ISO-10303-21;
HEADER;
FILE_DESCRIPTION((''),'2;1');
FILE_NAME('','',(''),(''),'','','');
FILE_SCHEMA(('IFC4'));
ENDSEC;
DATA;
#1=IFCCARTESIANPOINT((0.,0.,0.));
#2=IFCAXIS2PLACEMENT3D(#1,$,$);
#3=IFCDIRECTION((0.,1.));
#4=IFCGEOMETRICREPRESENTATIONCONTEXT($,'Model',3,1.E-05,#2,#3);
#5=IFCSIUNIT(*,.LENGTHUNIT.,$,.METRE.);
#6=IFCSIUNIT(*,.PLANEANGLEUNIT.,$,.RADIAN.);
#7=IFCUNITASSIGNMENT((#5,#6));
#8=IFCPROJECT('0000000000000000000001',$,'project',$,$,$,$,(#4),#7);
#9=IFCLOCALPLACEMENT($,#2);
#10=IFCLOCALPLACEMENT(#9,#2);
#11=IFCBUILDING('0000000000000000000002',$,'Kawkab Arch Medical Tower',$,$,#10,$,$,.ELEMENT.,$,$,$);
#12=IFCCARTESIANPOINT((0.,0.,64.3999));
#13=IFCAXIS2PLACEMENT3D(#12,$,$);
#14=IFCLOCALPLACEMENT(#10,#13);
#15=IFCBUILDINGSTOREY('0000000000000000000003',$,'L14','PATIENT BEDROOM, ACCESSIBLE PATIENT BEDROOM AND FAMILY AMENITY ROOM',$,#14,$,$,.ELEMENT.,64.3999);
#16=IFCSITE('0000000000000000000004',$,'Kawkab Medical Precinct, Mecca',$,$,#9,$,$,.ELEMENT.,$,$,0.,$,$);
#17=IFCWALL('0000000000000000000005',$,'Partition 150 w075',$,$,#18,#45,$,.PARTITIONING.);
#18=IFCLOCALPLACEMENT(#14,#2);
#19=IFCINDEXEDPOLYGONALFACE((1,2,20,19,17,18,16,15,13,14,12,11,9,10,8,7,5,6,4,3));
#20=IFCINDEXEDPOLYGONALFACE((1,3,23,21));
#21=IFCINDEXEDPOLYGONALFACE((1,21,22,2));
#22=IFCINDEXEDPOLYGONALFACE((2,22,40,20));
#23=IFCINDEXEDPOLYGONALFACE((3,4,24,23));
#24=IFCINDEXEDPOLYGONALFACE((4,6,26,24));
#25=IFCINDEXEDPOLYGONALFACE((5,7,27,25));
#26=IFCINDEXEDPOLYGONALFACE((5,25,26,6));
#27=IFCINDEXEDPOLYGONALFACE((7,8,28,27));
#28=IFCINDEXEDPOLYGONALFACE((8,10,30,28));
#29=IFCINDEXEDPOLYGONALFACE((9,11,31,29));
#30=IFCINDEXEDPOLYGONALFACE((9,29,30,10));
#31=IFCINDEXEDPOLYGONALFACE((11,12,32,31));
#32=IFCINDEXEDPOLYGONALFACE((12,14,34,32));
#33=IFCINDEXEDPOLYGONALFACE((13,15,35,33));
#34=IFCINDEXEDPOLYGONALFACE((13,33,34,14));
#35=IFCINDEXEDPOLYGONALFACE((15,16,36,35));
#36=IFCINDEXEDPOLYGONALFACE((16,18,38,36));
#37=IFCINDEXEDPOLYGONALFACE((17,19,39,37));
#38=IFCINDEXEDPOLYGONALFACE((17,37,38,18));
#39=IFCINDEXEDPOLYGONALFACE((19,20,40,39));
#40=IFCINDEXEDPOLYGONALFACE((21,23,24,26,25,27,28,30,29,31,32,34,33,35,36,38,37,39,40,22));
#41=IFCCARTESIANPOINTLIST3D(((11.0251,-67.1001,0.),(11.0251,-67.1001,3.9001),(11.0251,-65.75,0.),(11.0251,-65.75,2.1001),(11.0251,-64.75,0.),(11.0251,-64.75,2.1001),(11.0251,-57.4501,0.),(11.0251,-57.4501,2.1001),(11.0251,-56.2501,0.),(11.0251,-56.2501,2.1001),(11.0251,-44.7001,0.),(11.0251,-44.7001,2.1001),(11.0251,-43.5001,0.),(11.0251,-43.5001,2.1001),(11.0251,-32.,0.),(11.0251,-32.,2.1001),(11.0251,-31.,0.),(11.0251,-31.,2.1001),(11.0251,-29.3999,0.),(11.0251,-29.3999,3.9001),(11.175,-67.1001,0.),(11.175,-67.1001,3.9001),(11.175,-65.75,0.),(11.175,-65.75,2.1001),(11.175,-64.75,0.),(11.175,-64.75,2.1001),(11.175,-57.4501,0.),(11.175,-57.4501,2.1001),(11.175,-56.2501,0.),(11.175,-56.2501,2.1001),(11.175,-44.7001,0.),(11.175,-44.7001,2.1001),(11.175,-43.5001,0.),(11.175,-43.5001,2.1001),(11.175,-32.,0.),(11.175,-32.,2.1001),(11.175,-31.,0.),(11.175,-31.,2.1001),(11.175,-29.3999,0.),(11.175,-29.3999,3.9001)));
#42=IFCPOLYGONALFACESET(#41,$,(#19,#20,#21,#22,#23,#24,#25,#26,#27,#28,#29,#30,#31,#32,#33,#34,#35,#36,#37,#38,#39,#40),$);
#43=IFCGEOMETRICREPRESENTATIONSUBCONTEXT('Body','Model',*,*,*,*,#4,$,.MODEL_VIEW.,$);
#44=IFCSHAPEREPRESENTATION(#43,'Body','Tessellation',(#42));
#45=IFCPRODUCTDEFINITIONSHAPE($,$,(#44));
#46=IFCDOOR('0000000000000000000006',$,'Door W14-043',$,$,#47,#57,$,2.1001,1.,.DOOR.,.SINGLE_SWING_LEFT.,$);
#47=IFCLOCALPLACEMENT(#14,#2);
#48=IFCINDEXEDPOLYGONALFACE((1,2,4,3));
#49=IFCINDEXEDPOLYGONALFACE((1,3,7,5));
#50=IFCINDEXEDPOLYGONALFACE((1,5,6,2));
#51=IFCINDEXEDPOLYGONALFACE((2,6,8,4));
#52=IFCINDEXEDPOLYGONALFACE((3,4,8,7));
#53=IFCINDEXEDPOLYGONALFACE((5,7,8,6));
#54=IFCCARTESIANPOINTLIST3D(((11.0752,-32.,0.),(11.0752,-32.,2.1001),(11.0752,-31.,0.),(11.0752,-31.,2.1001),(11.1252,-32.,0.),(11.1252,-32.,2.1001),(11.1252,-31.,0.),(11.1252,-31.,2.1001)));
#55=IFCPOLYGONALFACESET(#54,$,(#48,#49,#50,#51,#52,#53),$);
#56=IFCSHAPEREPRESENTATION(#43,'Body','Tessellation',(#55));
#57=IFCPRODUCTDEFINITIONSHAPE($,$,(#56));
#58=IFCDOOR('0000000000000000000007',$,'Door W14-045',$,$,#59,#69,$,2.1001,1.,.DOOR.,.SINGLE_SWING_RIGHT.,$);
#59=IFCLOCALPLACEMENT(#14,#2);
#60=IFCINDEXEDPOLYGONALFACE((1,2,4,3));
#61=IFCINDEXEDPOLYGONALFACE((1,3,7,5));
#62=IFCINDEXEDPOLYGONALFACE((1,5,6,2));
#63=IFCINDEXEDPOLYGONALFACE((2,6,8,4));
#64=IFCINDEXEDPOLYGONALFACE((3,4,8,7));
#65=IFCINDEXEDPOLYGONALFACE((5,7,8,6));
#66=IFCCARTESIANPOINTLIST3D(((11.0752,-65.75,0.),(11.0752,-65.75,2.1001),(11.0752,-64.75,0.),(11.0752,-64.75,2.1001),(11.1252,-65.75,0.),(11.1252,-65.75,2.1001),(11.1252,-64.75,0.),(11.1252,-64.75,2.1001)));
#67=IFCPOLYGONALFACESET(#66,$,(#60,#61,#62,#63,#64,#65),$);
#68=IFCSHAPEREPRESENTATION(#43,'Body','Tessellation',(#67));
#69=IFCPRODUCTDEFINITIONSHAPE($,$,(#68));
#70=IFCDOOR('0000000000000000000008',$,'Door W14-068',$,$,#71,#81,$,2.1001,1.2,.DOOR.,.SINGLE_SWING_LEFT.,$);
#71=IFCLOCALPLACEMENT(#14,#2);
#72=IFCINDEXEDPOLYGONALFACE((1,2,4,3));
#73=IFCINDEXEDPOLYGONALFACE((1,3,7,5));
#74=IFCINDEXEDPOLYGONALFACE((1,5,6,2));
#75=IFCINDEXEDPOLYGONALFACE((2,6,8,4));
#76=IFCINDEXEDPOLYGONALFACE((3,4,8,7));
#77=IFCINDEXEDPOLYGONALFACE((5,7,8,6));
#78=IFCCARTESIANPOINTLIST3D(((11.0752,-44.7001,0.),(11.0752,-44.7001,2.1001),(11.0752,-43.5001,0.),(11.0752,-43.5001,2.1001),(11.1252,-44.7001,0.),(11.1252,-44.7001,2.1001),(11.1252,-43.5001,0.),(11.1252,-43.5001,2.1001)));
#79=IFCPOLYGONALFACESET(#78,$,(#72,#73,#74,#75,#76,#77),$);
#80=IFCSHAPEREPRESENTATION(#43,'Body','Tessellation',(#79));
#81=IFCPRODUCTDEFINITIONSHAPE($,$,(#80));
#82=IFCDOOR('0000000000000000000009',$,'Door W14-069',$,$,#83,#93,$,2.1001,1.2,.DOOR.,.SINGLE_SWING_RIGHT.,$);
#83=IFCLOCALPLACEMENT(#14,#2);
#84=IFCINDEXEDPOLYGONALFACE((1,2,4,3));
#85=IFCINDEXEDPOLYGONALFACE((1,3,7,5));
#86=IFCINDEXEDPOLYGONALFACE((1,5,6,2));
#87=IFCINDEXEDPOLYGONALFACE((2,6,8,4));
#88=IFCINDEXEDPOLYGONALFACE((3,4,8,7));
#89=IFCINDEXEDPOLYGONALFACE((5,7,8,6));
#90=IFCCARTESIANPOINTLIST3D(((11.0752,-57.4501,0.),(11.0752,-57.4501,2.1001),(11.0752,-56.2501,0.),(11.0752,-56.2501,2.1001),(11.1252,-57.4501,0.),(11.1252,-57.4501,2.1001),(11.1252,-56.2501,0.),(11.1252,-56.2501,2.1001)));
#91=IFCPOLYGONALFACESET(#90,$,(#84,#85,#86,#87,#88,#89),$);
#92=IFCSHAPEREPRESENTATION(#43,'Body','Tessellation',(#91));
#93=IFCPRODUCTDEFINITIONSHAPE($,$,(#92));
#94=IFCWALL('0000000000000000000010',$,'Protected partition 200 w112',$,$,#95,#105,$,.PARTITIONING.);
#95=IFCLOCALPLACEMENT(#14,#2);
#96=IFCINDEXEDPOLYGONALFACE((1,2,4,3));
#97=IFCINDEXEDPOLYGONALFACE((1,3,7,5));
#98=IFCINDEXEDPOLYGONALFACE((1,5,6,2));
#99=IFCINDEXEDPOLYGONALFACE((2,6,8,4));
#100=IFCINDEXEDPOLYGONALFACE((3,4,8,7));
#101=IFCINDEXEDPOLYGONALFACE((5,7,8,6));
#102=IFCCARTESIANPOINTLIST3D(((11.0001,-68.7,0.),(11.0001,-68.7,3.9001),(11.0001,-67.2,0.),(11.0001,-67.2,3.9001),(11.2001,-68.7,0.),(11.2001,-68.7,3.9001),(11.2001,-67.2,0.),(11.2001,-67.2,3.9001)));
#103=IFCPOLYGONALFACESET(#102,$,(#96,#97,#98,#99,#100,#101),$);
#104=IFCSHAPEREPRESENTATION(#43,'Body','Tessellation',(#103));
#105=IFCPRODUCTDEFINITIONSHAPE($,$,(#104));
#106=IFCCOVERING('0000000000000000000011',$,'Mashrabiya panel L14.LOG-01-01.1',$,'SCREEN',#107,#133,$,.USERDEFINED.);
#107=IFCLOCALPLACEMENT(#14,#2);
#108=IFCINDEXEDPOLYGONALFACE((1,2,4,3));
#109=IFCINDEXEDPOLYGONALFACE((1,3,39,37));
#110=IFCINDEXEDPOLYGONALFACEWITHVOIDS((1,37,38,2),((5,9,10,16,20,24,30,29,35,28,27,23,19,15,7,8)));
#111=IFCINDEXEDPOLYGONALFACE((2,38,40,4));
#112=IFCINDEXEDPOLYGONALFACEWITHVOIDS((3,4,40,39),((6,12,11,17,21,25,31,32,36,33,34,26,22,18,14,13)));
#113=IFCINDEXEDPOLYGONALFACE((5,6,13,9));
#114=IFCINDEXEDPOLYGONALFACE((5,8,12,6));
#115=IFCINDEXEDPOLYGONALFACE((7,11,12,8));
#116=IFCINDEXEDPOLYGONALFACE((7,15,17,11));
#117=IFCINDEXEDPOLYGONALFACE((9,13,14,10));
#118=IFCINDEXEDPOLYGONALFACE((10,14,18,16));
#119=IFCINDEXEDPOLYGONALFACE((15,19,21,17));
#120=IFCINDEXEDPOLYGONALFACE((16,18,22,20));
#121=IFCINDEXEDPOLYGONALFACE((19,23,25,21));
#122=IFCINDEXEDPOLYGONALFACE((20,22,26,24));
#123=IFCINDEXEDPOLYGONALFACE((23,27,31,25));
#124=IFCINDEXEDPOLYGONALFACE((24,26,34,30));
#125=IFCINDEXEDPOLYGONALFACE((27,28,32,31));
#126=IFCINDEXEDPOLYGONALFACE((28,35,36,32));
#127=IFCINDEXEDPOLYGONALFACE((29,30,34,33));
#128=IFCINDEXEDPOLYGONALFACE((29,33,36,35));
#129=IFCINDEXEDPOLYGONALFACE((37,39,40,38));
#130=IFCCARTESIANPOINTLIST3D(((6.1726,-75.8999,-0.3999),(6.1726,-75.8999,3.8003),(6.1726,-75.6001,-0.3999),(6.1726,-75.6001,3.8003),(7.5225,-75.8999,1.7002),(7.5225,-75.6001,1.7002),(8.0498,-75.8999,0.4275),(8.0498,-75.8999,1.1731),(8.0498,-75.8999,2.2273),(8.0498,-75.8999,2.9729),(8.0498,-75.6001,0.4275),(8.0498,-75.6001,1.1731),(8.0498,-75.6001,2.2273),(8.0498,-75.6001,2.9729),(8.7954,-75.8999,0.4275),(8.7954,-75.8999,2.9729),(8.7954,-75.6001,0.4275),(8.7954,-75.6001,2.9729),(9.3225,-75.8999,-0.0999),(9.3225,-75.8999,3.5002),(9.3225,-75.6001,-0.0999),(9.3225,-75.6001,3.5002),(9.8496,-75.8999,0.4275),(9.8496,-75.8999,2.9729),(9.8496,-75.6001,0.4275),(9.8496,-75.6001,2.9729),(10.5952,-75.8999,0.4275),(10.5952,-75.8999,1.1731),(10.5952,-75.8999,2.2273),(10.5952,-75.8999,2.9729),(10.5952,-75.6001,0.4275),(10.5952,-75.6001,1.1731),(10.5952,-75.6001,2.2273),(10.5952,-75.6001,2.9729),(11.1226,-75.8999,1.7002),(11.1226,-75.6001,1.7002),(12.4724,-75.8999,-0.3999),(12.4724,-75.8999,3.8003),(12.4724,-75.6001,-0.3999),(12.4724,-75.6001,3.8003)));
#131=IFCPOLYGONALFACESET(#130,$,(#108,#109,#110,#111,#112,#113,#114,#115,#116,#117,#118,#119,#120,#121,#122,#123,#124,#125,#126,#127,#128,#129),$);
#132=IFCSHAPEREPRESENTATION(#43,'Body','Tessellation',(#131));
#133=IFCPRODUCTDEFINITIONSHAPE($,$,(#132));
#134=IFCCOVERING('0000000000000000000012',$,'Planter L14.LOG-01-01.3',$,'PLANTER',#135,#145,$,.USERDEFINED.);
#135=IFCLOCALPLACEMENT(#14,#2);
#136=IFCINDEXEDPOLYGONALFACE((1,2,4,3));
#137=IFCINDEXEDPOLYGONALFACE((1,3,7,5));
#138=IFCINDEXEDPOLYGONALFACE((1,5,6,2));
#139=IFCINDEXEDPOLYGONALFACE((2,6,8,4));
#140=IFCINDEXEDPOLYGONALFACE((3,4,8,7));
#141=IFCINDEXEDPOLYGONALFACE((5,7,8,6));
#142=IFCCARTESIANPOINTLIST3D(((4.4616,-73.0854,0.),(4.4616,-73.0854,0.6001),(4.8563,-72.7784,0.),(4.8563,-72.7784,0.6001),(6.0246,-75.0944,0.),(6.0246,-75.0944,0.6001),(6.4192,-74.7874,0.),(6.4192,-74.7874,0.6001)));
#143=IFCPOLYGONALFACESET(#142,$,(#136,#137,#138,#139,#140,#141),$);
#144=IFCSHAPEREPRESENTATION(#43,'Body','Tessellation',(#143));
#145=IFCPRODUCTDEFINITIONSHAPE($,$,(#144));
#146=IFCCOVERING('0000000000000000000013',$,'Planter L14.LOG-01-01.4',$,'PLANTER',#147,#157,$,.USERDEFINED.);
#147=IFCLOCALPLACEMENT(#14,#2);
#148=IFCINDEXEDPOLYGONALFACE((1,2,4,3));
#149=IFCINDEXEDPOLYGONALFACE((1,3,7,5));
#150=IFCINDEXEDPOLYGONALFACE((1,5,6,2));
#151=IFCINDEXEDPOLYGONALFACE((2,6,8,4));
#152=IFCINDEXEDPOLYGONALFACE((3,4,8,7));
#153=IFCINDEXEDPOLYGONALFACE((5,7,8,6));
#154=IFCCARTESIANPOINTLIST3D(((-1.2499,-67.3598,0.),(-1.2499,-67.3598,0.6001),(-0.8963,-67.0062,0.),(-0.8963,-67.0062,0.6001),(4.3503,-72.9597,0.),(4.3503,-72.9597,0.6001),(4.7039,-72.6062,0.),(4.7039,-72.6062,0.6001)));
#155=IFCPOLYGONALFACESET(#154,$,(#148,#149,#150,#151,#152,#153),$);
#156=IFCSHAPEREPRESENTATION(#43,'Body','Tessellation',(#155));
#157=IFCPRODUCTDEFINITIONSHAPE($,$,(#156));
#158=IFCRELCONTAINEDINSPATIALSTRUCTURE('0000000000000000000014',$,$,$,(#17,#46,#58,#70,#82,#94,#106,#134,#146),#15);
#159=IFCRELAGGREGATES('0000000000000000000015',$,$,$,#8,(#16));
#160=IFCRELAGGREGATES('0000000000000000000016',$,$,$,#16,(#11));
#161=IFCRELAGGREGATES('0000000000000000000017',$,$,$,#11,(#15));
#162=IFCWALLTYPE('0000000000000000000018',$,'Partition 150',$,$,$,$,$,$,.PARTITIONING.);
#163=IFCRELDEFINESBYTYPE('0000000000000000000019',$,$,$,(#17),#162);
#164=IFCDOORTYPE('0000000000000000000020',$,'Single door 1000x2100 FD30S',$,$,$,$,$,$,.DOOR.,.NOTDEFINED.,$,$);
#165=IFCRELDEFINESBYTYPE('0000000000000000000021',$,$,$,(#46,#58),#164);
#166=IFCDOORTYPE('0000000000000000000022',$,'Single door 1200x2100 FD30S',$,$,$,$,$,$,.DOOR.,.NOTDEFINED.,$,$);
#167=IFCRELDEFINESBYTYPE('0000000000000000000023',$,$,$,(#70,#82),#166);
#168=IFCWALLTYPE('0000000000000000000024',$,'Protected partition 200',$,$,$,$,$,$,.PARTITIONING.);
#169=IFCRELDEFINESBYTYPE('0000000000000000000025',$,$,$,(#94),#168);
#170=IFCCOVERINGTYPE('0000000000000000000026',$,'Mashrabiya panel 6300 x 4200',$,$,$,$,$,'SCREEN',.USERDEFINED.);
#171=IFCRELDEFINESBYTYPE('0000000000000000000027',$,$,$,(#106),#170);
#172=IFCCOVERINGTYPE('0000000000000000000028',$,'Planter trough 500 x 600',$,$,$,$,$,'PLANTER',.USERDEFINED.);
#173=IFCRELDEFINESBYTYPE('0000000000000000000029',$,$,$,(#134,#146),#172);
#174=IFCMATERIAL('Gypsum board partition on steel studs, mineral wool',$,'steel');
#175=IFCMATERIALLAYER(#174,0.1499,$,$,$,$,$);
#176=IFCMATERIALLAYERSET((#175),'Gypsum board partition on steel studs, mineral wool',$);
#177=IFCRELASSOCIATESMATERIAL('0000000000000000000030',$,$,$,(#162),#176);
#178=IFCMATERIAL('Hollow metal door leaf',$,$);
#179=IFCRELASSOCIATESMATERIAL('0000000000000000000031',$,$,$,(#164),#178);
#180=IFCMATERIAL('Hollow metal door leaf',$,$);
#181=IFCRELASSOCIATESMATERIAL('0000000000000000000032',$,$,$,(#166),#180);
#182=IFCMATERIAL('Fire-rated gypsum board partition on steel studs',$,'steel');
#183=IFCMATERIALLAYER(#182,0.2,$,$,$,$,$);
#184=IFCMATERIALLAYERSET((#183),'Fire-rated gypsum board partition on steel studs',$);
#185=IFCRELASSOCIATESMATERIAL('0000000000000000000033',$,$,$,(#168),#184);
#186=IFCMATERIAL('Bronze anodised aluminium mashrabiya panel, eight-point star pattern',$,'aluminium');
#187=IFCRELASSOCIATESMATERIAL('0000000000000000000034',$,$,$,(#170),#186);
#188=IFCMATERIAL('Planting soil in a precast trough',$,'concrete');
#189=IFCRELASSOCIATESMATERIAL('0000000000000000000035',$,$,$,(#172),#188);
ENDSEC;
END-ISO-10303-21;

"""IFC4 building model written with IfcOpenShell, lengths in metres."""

from ifc_helpers import new_model, si_unit, direction, frame, frame_2d, origin, origin_2d, place, context, subcontext, project, spatial, polyline, rectangle, outline, extrude, material, layer, layer_set, material_profile, profile_set, type_object, element, fill, save


model = new_model("IFC4")

# Units and contexts
model_context = context("Model", 3, precision=1e-05, world=origin(), true_north=direction((0.0, 1.0)))
body_context = subcontext(model_context, "Body", "Model", "MODEL_VIEW")
ifc_project = project(units=[si_unit("LENGTHUNIT", "METRE"), si_unit("PLANEANGLEUNIT", "RADIAN")], contexts=[model_context])

# Site, building, storey
site_placement = place(None, origin())
site = spatial("IfcSite", under=ifc_project, at=site_placement, Name="Kawkab Medical Precinct, Mecca", CompositionType="ELEMENT", RefElevation=0.0)
building_placement = place(site_placement, origin())
building = spatial("IfcBuilding", under=site, at=building_placement, Name="Kawkab Arch Medical Tower", CompositionType="ELEMENT")
storey_placement = place(building_placement, frame((0.0, 0.0, 64.3999)))
storey = spatial("IfcBuildingStorey", under=building, at=storey_placement, Name="L14", Description="PATIENT BEDROOM, ACCESSIBLE PATIENT BEDROOM AND FAMILY AMENITY ROOM", CompositionType="ELEMENT", Elevation=64.3999)

# Shared definitions
ifc_material_1 = material(Name="Gypsum board partition on steel studs, mineral wool", Category="steel")
ifc_layer_1 = layer(ifc_material_1, 0.1499)
ifc_layer_set_1 = layer_set([ifc_layer_1], Name="Gypsum board partition on steel studs, mineral wool")
wall_type_1 = type_object("IfcWallType", Name="Partition 150", PredefinedType="PARTITIONING", material=ifc_layer_set_1)

# Wall, openings, doors
ifc_material_2 = material(Name="Hollow metal door leaf")
door_type_1 = type_object("IfcDoorType", Name="Single door 1000x2100 FD30S", OperationType="NOTDEFINED", PredefinedType="DOOR", material=ifc_material_2)
ifc_material_3 = material(Name="Hollow metal door leaf")
door_type_2 = type_object("IfcDoorType", Name="Single door 1200x2100 FD30S", OperationType="NOTDEFINED", PredefinedType="DOOR", material=ifc_material_3)
wall_1_placement = place(storey_placement, frame((11.1001, -67.1001, 0.0), z_axis=(0.0, 0.0, 1.0), x_axis=(0.0, 1.0, 0.0)))
wall_1 = element("IfcWall", 1, at=wall_1_placement, inside=storey, type_object=wall_type_1, Name="Partition 150 w075", PredefinedType="PARTITIONING", context=body_context, shape_type="SweptSolid", body=[
    extrude(rectangle(XDim=37.7002, YDim=0.1499, at=frame_2d((18.8501, 0.0))), origin(), (0.0, 0.0, 1.0), 3.9001),
])
opening_1_placement = place(wall_1_placement, frame((35.1001, 0.0, 0.0)))
opening_1 = element("IfcOpeningElement", 2, at=opening_1_placement, cuts=wall_1, PredefinedType="OPENING", context=body_context, shape_type="SweptSolid", body=[
    extrude(rectangle(XDim=1.0, YDim=2.1001, at=frame_2d((0.5, 1.05))), frame((0.0, 0.085, 0.0), z_axis=(0.0, -1.0, 0.0), x_axis=(1.0, 0.0, 0.0)), (0.0, 0.0, 1.0), 0.1699),
])
opening_2_placement = place(wall_1_placement, frame((22.3999, 0.0, 0.0)))
opening_2 = element("IfcOpeningElement", 3, at=opening_2_placement, cuts=wall_1, PredefinedType="OPENING", context=body_context, shape_type="SweptSolid", body=[
    extrude(rectangle(XDim=1.2, YDim=2.1001, at=frame_2d((0.6001, 1.05))), frame((0.0, 0.085, 0.0), z_axis=(0.0, -1.0, 0.0), x_axis=(1.0, 0.0, 0.0)), (0.0, 0.0, 1.0), 0.1699),
])
opening_3_placement = place(wall_1_placement, frame((9.6499, 0.0, 0.0)))
opening_3 = element("IfcOpeningElement", 4, at=opening_3_placement, cuts=wall_1, PredefinedType="OPENING", context=body_context, shape_type="SweptSolid", body=[
    extrude(rectangle(XDim=1.2, YDim=2.1001, at=frame_2d((0.6001, 1.05))), frame((0.0, 0.085, 0.0), z_axis=(0.0, -1.0, 0.0), x_axis=(1.0, 0.0, 0.0)), (0.0, 0.0, 1.0), 0.1699),
])
opening_4_placement = place(wall_1_placement, frame((1.3501, 0.0, 0.0)))
opening_4 = element("IfcOpeningElement", 5, at=opening_4_placement, cuts=wall_1, PredefinedType="OPENING", context=body_context, shape_type="SweptSolid", body=[
    extrude(rectangle(XDim=1.0, YDim=2.1001, at=frame_2d((0.5, 1.05))), frame((0.0, 0.085, 0.0), z_axis=(0.0, -1.0, 0.0), x_axis=(1.0, 0.0, 0.0)), (0.0, 0.0, 1.0), 0.1699),
])
door_1_placement = place(opening_1_placement, origin())
door_1 = element("IfcDoor", 6, at=door_1_placement, inside=storey, type_object=door_type_1, Name="Door W14-043", OperationType="SINGLE_SWING_LEFT", OverallHeight=2.1001, OverallWidth=1.0, PredefinedType="DOOR", context=body_context, shape_type="SweptSolid", body=[
    extrude(rectangle(XDim=1.0, YDim=2.1001, at=frame_2d((0.5, 1.05))), frame((0.0, 0.0249, 0.0), z_axis=(0.0, -1.0, 0.0), x_axis=(1.0, 0.0, 0.0)), (0.0, 0.0, 1.0), 0.05),
])
fill(opening_1, door_1)
door_2_placement = place(opening_4_placement, origin())
door_2 = element("IfcDoor", 7, at=door_2_placement, inside=storey, type_object=door_type_1, Name="Door W14-045", OperationType="SINGLE_SWING_RIGHT", OverallHeight=2.1001, OverallWidth=1.0, PredefinedType="DOOR", context=body_context, shape_type="SweptSolid", body=[
    extrude(rectangle(XDim=1.0, YDim=2.1001, at=frame_2d((0.5, 1.05))), frame((0.0, 0.0249, 0.0), z_axis=(0.0, -1.0, 0.0), x_axis=(1.0, 0.0, 0.0)), (0.0, 0.0, 1.0), 0.05),
])
fill(opening_4, door_2)
door_3_placement = place(opening_2_placement, origin())
door_3 = element("IfcDoor", 8, at=door_3_placement, inside=storey, type_object=door_type_2, Name="Door W14-068", OperationType="SINGLE_SWING_LEFT", OverallHeight=2.1001, OverallWidth=1.2, PredefinedType="DOOR", context=body_context, shape_type="SweptSolid", body=[
    extrude(rectangle(XDim=1.2, YDim=2.1001, at=frame_2d((0.6001, 1.05))), frame((0.0, 0.0249, 0.0), z_axis=(0.0, -1.0, 0.0), x_axis=(1.0, 0.0, 0.0)), (0.0, 0.0, 1.0), 0.05),
])
fill(opening_2, door_3)
door_4_placement = place(opening_3_placement, origin())
door_4 = element("IfcDoor", 9, at=door_4_placement, inside=storey, type_object=door_type_2, Name="Door W14-069", OperationType="SINGLE_SWING_RIGHT", OverallHeight=2.1001, OverallWidth=1.2, PredefinedType="DOOR", context=body_context, shape_type="SweptSolid", body=[
    extrude(rectangle(XDim=1.2, YDim=2.1001, at=frame_2d((0.6001, 1.05))), frame((0.0, 0.0249, 0.0), z_axis=(0.0, -1.0, 0.0), x_axis=(1.0, 0.0, 0.0)), (0.0, 0.0, 1.0), 0.05),
])
fill(opening_3, door_4)

# Wall
ifc_material_4 = material(Name="Fire-rated gypsum board partition on steel studs", Category="steel")
ifc_layer_2 = layer(ifc_material_4, 0.2)
ifc_layer_set_2 = layer_set([ifc_layer_2], Name="Fire-rated gypsum board partition on steel studs")
wall_type_2 = type_object("IfcWallType", Name="Protected partition 200", PredefinedType="PARTITIONING", material=ifc_layer_set_2)
wall_2_placement = place(storey_placement, frame((11.1001, -68.7, 0.0), z_axis=(0.0, 0.0, 1.0), x_axis=(0.0, 1.0, 0.0)))
element("IfcWall", 10, at=wall_2_placement, inside=storey, type_object=wall_type_2, Name="Protected partition 200 w112", PredefinedType="PARTITIONING", context=body_context, shape_type="SweptSolid", body=[
    extrude(rectangle(XDim=1.5, YDim=0.2, at=frame_2d((0.75, 0.0))), origin(), (0.0, 0.0, 1.0), 3.9001),
])

# Coverings
ifc_material_5 = material(Name="Bronze anodised aluminium mashrabiya panel, eight-point star pattern", Category="aluminium")
ifc_material_profile_1 = material_profile(ifc_material_5, outline(polyline([(-3.1499, -2.1001), (3.1499, -2.1001), (3.1499, 2.1001), (-3.1499, 2.1001), (-3.1499, -2.1001)]), holes=[polyline([(1.8, 0.0), (1.2727, 0.5271), (1.2727, 1.2727), (0.5271, 1.2727), (0.0, 1.8), (-0.5271, 1.2727), (-1.2727, 1.2727), (-1.2727, 0.5271), (-1.8, 0.0), (-1.2727, -0.5271), (-1.2727, -1.2727), (-0.5271, -1.2727), (0.0, -1.8), (0.5271, -1.2727), (1.2727, -1.2727), (1.2727, -0.5271), (1.8, 0.0)])]), Name="Mashrabiya panel 6300x4200")
ifc_profile_set_1 = profile_set([ifc_material_profile_1], Name="Bronze anodised aluminium mashrabiya panel, eight-point star pattern")
covering_type_1 = type_object("IfcCoveringType", Name="Mashrabiya panel 6300 x 4200", ElementType="SCREEN", PredefinedType="USERDEFINED", material=ifc_profile_set_1)
covering_1_placement = place(storey_placement, frame((9.3225, -75.6001, 1.7002), z_axis=(0.0, -1.0, 0.0), x_axis=(1.0, 0.0, 0.0)))
element("IfcCovering", 11, at=covering_1_placement, inside=storey, type_object=covering_type_1, Name="Mashrabiya panel L14.LOG-01-01.1", ObjectType="SCREEN", PredefinedType="USERDEFINED", context=body_context, shape_type="SweptSolid", body=[
    extrude(outline(polyline([(-3.1499, -2.1001), (3.1499, -2.1001), (3.1499, 2.1001), (-3.1499, 2.1001), (-3.1499, -2.1001)]), holes=[polyline([(1.8, 0.0), (1.2727, 0.5271), (1.2727, 1.2727), (0.5271, 1.2727), (0.0, 1.8), (-0.5271, 1.2727), (-1.2727, 1.2727), (-1.2727, 0.5271), (-1.8, 0.0), (-1.2727, -0.5271), (-1.2727, -1.2727), (-0.5271, -1.2727), (0.0, -1.8), (0.5271, -1.2727), (1.2727, -1.2727), (1.2727, -0.5271), (1.8, 0.0)])]), origin(), (0.0, 0.0, 1.0), 0.2998),
])
ifc_material_6 = material(Name="Planting soil in a precast trough", Category="concrete")
ifc_material_profile_2 = material_profile(ifc_material_6, rectangle(XDim=0.5, YDim=0.6001, at=origin_2d()), Name="Trough 500x600")
ifc_profile_set_2 = profile_set([ifc_material_profile_2], Name="Planting soil in a precast trough")
covering_type_2 = type_object("IfcCoveringType", Name="Planter trough 500 x 600", ElementType="PLANTER", PredefinedType="USERDEFINED", material=ifc_profile_set_2)
covering_2_placement = place(storey_placement, frame((6.2219, -74.9409, 0.3), z_axis=(-0.61404, 0.789275, 0.0), x_axis=(-0.789275, -0.61404, 0.0)))
element("IfcCovering", 12, at=covering_2_placement, inside=storey, type_object=covering_type_2, Name="Planter L14.LOG-01-01.3", ObjectType="PLANTER", PredefinedType="USERDEFINED", context=body_context, shape_type="SweptSolid", body=[
    extrude(rectangle(XDim=0.5, YDim=0.6001, at=origin_2d()), origin(), (0.0, 0.0, 1.0), 2.5454),
])
covering_3_placement = place(storey_placement, frame((4.5271, -72.783, 0.3), z_axis=(-0.707122, 0.707091, 0.0), x_axis=(-0.707091, -0.707122, 0.0)))
element("IfcCovering", 13, at=covering_3_placement, inside=storey, type_object=covering_type_2, Name="Planter L14.LOG-01-01.4", ObjectType="PLANTER", PredefinedType="USERDEFINED", context=body_context, shape_type="SweptSolid", body=[
    extrude(rectangle(XDim=0.5, YDim=0.6001, at=origin_2d()), origin(), (0.0, 0.0, 1.0), 7.9197),
])

save(model, "model.ifc")
